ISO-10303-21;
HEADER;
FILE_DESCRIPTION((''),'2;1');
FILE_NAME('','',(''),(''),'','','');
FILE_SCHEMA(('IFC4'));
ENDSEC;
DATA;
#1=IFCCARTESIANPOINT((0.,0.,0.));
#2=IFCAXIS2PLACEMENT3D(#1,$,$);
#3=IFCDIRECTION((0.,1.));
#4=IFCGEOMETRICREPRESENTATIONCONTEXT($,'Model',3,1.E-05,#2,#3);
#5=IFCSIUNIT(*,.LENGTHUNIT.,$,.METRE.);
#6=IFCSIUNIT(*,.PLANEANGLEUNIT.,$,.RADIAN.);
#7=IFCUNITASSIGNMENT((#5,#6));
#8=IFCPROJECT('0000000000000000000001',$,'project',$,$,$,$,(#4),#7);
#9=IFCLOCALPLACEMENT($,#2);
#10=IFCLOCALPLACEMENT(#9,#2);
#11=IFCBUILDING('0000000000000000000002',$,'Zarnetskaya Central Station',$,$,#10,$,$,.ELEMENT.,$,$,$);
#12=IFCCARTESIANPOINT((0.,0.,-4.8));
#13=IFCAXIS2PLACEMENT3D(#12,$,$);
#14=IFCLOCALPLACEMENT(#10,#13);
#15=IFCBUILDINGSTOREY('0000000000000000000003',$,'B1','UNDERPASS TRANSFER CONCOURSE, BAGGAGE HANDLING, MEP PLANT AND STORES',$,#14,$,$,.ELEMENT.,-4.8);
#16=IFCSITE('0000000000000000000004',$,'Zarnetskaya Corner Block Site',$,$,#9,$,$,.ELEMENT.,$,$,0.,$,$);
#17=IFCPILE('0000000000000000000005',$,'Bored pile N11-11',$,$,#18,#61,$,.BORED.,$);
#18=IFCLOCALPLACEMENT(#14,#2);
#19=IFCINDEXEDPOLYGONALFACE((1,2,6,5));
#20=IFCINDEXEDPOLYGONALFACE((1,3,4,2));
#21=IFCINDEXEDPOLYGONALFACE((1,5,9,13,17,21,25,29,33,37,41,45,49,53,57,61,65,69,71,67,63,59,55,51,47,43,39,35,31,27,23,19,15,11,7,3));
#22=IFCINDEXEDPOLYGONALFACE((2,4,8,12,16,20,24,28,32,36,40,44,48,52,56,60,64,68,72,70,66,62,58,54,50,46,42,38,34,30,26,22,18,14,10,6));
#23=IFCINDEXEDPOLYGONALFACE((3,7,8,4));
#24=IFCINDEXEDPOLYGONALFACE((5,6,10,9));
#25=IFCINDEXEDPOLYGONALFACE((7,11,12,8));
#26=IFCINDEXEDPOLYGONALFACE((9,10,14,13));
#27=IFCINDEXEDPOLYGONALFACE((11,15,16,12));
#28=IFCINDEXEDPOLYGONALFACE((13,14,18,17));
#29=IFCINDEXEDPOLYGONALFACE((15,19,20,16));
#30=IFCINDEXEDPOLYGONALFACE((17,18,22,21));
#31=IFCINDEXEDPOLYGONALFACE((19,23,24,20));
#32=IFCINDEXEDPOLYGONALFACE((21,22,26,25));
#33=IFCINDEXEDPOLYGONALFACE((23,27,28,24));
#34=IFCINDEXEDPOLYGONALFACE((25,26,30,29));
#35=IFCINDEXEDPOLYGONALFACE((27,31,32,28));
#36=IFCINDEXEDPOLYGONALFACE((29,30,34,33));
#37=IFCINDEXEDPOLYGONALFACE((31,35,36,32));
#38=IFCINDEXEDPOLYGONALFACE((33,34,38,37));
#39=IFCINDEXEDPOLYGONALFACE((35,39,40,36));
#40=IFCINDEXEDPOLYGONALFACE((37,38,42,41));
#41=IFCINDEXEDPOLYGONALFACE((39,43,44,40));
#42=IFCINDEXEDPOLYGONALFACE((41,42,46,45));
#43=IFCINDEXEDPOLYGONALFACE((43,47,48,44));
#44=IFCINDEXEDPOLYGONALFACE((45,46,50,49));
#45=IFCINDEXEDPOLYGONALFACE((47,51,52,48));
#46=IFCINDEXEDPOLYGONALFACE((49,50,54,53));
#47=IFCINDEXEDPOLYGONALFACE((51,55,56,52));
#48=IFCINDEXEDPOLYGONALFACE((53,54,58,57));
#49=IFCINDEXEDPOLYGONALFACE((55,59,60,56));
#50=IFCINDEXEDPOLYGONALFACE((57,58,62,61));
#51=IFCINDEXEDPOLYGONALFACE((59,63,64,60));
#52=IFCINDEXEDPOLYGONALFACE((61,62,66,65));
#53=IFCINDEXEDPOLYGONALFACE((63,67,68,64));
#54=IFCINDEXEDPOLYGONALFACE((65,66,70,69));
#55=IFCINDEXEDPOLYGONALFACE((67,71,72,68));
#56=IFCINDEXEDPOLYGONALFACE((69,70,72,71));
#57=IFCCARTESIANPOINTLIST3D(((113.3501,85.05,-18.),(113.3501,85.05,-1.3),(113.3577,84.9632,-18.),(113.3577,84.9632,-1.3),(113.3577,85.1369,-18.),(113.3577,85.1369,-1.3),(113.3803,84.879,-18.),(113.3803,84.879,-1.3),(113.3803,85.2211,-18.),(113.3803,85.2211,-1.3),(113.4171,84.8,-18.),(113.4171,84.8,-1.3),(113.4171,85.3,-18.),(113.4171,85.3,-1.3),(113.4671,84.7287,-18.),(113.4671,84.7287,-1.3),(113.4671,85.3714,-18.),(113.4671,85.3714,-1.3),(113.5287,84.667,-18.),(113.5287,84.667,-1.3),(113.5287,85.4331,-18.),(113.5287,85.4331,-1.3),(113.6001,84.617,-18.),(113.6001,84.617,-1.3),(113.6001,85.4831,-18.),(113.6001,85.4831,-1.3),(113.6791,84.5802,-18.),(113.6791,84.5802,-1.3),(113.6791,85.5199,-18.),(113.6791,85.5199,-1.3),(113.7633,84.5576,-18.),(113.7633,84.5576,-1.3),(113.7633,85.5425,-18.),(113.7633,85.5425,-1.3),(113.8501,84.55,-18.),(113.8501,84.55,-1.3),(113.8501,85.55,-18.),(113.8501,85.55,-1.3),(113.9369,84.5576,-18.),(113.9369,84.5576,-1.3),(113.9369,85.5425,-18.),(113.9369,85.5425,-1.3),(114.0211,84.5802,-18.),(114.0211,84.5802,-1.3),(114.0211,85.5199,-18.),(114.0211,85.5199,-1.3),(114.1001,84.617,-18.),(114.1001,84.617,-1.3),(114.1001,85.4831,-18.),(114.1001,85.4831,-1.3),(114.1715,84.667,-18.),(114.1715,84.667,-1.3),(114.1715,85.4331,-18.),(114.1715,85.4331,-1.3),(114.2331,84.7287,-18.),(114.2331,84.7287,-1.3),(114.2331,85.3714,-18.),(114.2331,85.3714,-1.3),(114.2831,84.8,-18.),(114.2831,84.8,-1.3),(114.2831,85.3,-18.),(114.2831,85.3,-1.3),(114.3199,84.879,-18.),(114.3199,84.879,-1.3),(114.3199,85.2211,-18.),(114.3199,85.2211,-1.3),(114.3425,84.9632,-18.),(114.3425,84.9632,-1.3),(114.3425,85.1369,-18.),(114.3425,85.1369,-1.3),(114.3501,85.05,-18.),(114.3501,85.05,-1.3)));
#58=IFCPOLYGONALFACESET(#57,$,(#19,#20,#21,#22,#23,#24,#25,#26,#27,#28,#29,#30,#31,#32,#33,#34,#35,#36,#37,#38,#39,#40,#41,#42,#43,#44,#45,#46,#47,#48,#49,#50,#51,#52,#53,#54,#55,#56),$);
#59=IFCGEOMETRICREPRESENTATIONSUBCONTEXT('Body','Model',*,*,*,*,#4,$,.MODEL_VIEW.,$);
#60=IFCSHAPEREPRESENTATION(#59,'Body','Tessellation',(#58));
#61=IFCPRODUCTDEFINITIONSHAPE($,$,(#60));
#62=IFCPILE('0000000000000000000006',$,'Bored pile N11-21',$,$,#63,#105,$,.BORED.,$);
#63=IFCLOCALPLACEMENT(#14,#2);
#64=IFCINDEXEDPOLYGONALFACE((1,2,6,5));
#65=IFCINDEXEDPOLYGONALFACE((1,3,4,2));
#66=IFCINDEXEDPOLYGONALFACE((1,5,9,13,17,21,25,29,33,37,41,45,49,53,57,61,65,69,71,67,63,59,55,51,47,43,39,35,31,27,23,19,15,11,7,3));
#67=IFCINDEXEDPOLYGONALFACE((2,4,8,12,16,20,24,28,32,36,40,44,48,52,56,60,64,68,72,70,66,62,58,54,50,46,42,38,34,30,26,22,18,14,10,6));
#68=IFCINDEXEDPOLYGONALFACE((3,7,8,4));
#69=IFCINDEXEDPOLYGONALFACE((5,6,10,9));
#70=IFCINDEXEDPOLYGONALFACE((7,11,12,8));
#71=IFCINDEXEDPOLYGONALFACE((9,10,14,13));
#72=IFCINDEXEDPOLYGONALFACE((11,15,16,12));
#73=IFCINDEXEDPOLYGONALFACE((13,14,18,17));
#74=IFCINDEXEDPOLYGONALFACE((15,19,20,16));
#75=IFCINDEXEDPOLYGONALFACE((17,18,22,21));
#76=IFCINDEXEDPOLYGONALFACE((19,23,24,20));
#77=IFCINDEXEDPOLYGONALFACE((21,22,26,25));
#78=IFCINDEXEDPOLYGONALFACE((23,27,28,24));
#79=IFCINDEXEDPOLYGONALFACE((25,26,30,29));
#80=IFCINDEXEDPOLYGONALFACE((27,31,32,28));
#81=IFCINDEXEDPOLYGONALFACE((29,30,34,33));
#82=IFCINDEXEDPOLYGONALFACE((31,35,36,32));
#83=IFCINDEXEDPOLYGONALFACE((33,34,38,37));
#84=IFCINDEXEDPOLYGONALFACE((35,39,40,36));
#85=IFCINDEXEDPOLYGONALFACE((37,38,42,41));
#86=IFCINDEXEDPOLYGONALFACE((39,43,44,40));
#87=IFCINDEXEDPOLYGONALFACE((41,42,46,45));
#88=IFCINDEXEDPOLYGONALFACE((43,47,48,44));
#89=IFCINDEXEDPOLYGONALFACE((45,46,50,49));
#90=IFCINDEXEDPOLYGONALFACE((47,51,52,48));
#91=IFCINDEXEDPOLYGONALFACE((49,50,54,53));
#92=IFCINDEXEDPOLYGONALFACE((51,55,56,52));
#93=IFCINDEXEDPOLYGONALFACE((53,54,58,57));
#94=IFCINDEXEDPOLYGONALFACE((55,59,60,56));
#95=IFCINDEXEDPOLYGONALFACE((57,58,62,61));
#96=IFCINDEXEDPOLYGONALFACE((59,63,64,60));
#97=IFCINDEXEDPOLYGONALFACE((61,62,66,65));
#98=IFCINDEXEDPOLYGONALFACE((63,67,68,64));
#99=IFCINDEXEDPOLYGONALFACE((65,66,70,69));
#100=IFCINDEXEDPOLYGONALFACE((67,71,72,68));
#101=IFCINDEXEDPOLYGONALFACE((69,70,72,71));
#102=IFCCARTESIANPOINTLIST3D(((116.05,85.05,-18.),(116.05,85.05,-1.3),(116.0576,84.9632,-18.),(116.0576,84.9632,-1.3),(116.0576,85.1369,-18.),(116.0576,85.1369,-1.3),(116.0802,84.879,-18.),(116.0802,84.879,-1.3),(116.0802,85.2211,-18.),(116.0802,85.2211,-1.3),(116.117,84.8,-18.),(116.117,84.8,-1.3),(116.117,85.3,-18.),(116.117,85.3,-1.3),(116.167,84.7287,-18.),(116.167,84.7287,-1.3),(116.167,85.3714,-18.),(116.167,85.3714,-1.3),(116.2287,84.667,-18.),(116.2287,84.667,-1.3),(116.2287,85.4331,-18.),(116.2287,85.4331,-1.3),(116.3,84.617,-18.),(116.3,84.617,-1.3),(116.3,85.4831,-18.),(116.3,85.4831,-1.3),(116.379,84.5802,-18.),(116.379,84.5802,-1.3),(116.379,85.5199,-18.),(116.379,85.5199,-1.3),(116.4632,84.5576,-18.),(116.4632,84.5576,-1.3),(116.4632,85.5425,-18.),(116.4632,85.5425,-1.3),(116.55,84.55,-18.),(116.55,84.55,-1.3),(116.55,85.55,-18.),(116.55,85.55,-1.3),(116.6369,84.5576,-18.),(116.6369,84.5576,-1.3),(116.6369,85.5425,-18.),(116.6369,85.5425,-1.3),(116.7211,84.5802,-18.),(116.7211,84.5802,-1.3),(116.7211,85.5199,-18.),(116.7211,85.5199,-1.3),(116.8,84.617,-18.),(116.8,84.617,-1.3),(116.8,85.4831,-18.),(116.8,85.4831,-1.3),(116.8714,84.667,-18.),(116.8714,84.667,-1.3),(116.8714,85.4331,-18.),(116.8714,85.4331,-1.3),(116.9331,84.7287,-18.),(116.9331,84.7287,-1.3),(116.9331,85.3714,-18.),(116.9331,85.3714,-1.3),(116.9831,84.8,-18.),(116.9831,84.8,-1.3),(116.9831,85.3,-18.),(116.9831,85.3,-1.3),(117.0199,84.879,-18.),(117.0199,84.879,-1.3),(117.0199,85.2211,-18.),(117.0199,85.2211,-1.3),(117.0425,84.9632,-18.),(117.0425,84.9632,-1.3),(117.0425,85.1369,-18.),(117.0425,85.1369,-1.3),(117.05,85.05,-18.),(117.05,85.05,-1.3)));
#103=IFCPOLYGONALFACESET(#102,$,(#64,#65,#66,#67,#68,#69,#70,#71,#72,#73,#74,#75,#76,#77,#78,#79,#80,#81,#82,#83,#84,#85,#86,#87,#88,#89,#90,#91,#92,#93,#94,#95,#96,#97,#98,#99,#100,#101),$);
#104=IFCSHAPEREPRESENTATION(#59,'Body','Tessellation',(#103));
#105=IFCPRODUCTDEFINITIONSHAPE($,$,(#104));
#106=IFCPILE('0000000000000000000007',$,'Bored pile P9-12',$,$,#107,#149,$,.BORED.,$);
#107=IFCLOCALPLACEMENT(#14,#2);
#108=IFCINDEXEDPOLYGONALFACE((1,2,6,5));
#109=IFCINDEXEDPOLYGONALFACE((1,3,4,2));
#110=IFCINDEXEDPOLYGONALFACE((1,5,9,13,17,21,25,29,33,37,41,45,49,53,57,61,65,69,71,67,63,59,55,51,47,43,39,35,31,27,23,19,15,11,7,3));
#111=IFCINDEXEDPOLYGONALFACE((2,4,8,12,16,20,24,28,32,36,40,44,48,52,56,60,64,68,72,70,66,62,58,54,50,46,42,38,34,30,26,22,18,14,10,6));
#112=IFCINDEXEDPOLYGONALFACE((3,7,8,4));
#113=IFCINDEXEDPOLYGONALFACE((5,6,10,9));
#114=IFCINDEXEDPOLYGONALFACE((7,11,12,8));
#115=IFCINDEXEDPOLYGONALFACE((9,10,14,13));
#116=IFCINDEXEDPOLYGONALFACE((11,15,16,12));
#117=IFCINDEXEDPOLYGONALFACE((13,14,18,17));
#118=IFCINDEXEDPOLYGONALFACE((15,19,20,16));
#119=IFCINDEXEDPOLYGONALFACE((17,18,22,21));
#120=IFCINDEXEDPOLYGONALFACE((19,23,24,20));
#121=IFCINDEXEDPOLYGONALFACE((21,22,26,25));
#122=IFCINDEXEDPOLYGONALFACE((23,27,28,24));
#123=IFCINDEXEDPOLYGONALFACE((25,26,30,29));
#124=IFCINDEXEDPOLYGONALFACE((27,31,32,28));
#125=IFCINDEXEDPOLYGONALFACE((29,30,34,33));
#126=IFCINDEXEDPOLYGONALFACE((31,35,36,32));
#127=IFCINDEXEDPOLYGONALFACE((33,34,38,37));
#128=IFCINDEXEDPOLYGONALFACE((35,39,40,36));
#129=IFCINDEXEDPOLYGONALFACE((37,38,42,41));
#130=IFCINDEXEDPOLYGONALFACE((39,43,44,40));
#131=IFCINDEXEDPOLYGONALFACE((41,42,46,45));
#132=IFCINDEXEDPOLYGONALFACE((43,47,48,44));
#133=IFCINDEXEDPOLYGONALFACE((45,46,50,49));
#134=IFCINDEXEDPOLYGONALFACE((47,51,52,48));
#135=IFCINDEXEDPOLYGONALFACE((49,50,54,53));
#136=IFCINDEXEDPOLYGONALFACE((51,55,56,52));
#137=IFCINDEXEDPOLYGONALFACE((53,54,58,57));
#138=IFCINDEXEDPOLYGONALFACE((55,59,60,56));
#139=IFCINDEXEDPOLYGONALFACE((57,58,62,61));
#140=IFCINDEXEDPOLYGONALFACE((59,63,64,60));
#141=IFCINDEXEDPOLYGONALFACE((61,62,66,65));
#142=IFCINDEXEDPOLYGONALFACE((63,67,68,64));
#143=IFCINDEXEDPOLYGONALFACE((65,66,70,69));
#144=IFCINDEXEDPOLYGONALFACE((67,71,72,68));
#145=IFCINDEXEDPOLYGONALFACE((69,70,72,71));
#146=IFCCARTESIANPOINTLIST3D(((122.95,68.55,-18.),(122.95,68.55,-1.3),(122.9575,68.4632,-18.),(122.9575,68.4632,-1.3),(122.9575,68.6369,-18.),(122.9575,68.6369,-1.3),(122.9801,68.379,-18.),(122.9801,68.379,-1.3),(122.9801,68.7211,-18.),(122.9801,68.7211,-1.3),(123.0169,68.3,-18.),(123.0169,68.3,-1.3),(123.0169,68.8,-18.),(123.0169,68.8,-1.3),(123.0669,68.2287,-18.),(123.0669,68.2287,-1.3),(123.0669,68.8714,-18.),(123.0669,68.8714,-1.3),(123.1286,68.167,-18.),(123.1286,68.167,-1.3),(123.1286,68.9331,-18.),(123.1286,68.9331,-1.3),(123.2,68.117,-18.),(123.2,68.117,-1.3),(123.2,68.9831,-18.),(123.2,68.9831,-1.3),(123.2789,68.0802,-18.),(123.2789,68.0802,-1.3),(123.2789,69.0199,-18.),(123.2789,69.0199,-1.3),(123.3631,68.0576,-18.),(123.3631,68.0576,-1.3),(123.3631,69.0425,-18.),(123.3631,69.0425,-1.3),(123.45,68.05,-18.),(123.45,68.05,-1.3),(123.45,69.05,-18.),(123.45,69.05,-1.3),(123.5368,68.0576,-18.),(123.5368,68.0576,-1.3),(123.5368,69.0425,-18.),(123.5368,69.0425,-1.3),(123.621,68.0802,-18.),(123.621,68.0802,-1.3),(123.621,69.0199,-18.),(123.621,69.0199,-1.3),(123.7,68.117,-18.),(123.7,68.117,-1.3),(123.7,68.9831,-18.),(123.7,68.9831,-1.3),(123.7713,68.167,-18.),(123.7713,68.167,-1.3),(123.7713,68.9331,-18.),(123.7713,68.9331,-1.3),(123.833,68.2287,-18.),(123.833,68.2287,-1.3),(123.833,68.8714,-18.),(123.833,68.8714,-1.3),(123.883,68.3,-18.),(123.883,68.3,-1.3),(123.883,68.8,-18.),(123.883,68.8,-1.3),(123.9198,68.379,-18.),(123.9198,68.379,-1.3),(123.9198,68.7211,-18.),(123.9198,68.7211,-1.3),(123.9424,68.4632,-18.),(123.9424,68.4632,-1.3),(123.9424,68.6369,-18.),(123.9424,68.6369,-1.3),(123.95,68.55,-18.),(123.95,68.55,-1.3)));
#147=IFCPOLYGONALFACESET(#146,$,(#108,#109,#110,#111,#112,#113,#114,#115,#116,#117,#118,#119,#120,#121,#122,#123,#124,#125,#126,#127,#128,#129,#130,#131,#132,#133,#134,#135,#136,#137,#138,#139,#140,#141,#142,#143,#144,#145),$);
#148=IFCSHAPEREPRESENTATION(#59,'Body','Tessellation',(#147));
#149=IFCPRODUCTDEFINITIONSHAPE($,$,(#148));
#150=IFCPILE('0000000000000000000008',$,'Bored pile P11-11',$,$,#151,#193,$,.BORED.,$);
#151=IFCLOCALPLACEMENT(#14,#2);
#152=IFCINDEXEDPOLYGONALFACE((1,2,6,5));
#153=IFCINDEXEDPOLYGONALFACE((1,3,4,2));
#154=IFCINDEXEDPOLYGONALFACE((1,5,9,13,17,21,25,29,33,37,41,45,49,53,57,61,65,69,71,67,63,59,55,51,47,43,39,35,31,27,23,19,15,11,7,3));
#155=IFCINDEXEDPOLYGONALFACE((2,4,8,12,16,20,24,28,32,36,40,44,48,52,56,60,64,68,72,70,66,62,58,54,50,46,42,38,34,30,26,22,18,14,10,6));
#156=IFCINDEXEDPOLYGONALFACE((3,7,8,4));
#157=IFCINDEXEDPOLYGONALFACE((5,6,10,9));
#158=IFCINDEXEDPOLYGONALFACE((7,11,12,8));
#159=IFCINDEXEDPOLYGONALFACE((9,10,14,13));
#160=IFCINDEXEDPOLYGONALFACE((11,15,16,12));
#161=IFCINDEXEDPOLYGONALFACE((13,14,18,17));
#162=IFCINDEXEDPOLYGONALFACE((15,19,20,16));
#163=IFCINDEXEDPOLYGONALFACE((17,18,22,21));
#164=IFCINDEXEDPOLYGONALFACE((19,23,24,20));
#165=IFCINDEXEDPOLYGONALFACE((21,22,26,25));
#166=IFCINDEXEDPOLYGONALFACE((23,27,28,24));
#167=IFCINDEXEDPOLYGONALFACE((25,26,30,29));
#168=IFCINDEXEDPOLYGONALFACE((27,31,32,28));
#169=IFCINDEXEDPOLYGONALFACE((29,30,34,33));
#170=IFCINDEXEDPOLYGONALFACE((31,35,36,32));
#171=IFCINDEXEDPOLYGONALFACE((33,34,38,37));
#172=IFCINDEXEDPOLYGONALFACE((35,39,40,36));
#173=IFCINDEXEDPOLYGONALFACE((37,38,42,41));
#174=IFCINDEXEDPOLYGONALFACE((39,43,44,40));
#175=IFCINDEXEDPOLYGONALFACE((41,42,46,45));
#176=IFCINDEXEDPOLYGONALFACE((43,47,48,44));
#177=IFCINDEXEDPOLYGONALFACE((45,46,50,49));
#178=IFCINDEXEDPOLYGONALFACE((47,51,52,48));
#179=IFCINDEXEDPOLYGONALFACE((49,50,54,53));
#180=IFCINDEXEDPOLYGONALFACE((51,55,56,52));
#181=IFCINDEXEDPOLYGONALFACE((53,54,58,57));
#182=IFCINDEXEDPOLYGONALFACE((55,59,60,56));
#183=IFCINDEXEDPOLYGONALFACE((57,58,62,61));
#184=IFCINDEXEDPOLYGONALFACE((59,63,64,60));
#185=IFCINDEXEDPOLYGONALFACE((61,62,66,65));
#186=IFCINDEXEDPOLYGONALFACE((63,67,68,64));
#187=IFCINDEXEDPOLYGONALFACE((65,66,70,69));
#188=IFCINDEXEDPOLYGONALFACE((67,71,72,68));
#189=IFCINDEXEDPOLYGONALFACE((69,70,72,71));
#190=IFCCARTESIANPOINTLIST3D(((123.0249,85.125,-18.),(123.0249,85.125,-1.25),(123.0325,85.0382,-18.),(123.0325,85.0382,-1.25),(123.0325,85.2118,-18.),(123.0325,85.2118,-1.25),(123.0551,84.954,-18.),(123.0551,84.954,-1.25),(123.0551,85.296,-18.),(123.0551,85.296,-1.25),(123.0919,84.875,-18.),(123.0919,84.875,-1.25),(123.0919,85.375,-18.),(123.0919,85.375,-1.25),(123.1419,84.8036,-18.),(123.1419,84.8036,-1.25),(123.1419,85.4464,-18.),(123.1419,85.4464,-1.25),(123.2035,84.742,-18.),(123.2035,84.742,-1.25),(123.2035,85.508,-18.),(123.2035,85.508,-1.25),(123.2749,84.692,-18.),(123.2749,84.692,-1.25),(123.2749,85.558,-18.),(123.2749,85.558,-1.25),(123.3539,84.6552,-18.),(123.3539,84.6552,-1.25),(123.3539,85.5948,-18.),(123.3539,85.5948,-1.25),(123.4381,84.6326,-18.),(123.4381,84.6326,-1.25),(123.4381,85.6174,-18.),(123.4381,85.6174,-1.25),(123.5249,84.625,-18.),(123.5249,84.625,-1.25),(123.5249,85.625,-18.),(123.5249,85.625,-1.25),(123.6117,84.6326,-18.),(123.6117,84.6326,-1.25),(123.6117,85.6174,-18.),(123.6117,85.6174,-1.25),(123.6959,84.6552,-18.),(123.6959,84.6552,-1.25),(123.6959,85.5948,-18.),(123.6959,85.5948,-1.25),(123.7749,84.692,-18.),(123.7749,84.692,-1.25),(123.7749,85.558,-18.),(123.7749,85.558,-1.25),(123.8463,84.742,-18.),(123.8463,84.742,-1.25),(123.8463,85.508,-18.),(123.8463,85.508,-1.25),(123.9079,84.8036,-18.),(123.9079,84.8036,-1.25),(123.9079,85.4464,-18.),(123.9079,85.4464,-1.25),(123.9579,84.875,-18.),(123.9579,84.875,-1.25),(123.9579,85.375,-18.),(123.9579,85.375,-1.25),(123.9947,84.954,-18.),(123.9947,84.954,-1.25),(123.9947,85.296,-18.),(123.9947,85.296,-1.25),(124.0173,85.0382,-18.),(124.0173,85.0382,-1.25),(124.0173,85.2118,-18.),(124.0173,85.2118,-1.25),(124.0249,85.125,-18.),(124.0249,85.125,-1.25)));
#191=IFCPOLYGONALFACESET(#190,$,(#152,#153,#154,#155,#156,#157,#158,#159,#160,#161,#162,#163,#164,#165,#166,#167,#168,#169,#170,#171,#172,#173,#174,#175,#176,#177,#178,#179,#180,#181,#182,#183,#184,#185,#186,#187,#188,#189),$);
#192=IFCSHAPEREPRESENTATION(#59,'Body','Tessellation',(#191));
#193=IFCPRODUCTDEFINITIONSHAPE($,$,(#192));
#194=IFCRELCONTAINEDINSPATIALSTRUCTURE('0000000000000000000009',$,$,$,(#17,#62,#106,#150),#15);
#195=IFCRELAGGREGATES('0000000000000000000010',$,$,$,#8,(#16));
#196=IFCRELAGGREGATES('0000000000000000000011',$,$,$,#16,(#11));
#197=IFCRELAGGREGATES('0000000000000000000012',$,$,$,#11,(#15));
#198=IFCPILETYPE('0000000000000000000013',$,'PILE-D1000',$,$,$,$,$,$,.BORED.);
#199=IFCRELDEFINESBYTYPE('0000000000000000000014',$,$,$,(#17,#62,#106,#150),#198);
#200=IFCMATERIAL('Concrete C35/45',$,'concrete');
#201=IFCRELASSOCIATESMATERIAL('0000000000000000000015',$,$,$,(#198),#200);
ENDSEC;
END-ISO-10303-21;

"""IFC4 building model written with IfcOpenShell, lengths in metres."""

from ifc_helpers import new_model, si_unit, direction, frame, origin, origin_2d, place, context, subcontext, project, spatial, circle, extrude, material, material_profile, profile_set, type_object, element, save


model = new_model("IFC4")

# Units and contexts
model_context = context("Model", 3, precision=1e-05, world=origin(), true_north=direction((0.0, 1.0)))
body_context = subcontext(model_context, "Body", "Model", "MODEL_VIEW")
ifc_project = project(units=[si_unit("LENGTHUNIT", "METRE"), si_unit("PLANEANGLEUNIT", "RADIAN")], contexts=[model_context])

# Site, building, storey
site_placement = place(None, origin())
site = spatial("IfcSite", under=ifc_project, at=site_placement, Name="Zarnetskaya Corner Block Site", CompositionType="ELEMENT", RefElevation=0.0)
building_placement = place(site_placement, origin())
building = spatial("IfcBuilding", under=site, at=building_placement, Name="Zarnetskaya Central Station", CompositionType="ELEMENT")
storey_placement = place(building_placement, frame((0.0, 0.0, -4.8)))
storey = spatial("IfcBuildingStorey", under=building, at=storey_placement, Name="B1", Description="UNDERPASS TRANSFER CONCOURSE, BAGGAGE HANDLING, MEP PLANT AND STORES", CompositionType="ELEMENT", Elevation=-4.8)

# Shared definitions
ifc_material = material(Name="Concrete C35/45", Category="concrete")

# Piles
ifc_material_profile_1 = material_profile(ifc_material, circle(Radius=0.5, at=origin_2d()), Name="BORED PILE D1000")
ifc_profile_set_1 = profile_set([ifc_material_profile_1], Name="Concrete C35/45")
pile_type_1 = type_object("IfcPileType", Name="PILE-D1000", PredefinedType="BORED", material=ifc_profile_set_1)
for number, where, z_axis, x_axis, name in (
    (1, (113.8501, 85.05, -1.3), (0.0, 0.0, -1.0), (1.0, 0.0, 0.0), "Bored pile N11-11"),
    (2, (116.55, 85.05, -1.3), (0.0, 0.0, -1.0), (1.0, 0.0, 0.0), "Bored pile N11-21"),
    (3, (123.45, 68.55, -1.3), (0.0, 0.0, -1.0), (1.0, 0.0, 0.0), "Bored pile P9-12"),
):
    element("IfcPile", number, at=place(storey_placement, frame(where, z_axis=z_axis, x_axis=x_axis)), inside=storey, type_object=pile_type_1, Name=name, PredefinedType="BORED", context=body_context, shape_type="SweptSolid", body=[
        extrude(circle(Radius=0.5, at=origin_2d()), origin(), (0.0, 0.0, 1.0), 16.7),
    ])
pile_placement = place(storey_placement, frame((123.5249, 85.125, -1.25), z_axis=(0.0, 0.0, -1.0), x_axis=(1.0, 0.0, 0.0)))
element("IfcPile", 4, at=pile_placement, inside=storey, type_object=pile_type_1, Name="Bored pile P11-11", PredefinedType="BORED", context=body_context, shape_type="SweptSolid", body=[
    extrude(circle(Radius=0.5, at=origin_2d()), origin(), (0.0, 0.0, 1.0), 16.75),
])

save(model, "model.ifc")
